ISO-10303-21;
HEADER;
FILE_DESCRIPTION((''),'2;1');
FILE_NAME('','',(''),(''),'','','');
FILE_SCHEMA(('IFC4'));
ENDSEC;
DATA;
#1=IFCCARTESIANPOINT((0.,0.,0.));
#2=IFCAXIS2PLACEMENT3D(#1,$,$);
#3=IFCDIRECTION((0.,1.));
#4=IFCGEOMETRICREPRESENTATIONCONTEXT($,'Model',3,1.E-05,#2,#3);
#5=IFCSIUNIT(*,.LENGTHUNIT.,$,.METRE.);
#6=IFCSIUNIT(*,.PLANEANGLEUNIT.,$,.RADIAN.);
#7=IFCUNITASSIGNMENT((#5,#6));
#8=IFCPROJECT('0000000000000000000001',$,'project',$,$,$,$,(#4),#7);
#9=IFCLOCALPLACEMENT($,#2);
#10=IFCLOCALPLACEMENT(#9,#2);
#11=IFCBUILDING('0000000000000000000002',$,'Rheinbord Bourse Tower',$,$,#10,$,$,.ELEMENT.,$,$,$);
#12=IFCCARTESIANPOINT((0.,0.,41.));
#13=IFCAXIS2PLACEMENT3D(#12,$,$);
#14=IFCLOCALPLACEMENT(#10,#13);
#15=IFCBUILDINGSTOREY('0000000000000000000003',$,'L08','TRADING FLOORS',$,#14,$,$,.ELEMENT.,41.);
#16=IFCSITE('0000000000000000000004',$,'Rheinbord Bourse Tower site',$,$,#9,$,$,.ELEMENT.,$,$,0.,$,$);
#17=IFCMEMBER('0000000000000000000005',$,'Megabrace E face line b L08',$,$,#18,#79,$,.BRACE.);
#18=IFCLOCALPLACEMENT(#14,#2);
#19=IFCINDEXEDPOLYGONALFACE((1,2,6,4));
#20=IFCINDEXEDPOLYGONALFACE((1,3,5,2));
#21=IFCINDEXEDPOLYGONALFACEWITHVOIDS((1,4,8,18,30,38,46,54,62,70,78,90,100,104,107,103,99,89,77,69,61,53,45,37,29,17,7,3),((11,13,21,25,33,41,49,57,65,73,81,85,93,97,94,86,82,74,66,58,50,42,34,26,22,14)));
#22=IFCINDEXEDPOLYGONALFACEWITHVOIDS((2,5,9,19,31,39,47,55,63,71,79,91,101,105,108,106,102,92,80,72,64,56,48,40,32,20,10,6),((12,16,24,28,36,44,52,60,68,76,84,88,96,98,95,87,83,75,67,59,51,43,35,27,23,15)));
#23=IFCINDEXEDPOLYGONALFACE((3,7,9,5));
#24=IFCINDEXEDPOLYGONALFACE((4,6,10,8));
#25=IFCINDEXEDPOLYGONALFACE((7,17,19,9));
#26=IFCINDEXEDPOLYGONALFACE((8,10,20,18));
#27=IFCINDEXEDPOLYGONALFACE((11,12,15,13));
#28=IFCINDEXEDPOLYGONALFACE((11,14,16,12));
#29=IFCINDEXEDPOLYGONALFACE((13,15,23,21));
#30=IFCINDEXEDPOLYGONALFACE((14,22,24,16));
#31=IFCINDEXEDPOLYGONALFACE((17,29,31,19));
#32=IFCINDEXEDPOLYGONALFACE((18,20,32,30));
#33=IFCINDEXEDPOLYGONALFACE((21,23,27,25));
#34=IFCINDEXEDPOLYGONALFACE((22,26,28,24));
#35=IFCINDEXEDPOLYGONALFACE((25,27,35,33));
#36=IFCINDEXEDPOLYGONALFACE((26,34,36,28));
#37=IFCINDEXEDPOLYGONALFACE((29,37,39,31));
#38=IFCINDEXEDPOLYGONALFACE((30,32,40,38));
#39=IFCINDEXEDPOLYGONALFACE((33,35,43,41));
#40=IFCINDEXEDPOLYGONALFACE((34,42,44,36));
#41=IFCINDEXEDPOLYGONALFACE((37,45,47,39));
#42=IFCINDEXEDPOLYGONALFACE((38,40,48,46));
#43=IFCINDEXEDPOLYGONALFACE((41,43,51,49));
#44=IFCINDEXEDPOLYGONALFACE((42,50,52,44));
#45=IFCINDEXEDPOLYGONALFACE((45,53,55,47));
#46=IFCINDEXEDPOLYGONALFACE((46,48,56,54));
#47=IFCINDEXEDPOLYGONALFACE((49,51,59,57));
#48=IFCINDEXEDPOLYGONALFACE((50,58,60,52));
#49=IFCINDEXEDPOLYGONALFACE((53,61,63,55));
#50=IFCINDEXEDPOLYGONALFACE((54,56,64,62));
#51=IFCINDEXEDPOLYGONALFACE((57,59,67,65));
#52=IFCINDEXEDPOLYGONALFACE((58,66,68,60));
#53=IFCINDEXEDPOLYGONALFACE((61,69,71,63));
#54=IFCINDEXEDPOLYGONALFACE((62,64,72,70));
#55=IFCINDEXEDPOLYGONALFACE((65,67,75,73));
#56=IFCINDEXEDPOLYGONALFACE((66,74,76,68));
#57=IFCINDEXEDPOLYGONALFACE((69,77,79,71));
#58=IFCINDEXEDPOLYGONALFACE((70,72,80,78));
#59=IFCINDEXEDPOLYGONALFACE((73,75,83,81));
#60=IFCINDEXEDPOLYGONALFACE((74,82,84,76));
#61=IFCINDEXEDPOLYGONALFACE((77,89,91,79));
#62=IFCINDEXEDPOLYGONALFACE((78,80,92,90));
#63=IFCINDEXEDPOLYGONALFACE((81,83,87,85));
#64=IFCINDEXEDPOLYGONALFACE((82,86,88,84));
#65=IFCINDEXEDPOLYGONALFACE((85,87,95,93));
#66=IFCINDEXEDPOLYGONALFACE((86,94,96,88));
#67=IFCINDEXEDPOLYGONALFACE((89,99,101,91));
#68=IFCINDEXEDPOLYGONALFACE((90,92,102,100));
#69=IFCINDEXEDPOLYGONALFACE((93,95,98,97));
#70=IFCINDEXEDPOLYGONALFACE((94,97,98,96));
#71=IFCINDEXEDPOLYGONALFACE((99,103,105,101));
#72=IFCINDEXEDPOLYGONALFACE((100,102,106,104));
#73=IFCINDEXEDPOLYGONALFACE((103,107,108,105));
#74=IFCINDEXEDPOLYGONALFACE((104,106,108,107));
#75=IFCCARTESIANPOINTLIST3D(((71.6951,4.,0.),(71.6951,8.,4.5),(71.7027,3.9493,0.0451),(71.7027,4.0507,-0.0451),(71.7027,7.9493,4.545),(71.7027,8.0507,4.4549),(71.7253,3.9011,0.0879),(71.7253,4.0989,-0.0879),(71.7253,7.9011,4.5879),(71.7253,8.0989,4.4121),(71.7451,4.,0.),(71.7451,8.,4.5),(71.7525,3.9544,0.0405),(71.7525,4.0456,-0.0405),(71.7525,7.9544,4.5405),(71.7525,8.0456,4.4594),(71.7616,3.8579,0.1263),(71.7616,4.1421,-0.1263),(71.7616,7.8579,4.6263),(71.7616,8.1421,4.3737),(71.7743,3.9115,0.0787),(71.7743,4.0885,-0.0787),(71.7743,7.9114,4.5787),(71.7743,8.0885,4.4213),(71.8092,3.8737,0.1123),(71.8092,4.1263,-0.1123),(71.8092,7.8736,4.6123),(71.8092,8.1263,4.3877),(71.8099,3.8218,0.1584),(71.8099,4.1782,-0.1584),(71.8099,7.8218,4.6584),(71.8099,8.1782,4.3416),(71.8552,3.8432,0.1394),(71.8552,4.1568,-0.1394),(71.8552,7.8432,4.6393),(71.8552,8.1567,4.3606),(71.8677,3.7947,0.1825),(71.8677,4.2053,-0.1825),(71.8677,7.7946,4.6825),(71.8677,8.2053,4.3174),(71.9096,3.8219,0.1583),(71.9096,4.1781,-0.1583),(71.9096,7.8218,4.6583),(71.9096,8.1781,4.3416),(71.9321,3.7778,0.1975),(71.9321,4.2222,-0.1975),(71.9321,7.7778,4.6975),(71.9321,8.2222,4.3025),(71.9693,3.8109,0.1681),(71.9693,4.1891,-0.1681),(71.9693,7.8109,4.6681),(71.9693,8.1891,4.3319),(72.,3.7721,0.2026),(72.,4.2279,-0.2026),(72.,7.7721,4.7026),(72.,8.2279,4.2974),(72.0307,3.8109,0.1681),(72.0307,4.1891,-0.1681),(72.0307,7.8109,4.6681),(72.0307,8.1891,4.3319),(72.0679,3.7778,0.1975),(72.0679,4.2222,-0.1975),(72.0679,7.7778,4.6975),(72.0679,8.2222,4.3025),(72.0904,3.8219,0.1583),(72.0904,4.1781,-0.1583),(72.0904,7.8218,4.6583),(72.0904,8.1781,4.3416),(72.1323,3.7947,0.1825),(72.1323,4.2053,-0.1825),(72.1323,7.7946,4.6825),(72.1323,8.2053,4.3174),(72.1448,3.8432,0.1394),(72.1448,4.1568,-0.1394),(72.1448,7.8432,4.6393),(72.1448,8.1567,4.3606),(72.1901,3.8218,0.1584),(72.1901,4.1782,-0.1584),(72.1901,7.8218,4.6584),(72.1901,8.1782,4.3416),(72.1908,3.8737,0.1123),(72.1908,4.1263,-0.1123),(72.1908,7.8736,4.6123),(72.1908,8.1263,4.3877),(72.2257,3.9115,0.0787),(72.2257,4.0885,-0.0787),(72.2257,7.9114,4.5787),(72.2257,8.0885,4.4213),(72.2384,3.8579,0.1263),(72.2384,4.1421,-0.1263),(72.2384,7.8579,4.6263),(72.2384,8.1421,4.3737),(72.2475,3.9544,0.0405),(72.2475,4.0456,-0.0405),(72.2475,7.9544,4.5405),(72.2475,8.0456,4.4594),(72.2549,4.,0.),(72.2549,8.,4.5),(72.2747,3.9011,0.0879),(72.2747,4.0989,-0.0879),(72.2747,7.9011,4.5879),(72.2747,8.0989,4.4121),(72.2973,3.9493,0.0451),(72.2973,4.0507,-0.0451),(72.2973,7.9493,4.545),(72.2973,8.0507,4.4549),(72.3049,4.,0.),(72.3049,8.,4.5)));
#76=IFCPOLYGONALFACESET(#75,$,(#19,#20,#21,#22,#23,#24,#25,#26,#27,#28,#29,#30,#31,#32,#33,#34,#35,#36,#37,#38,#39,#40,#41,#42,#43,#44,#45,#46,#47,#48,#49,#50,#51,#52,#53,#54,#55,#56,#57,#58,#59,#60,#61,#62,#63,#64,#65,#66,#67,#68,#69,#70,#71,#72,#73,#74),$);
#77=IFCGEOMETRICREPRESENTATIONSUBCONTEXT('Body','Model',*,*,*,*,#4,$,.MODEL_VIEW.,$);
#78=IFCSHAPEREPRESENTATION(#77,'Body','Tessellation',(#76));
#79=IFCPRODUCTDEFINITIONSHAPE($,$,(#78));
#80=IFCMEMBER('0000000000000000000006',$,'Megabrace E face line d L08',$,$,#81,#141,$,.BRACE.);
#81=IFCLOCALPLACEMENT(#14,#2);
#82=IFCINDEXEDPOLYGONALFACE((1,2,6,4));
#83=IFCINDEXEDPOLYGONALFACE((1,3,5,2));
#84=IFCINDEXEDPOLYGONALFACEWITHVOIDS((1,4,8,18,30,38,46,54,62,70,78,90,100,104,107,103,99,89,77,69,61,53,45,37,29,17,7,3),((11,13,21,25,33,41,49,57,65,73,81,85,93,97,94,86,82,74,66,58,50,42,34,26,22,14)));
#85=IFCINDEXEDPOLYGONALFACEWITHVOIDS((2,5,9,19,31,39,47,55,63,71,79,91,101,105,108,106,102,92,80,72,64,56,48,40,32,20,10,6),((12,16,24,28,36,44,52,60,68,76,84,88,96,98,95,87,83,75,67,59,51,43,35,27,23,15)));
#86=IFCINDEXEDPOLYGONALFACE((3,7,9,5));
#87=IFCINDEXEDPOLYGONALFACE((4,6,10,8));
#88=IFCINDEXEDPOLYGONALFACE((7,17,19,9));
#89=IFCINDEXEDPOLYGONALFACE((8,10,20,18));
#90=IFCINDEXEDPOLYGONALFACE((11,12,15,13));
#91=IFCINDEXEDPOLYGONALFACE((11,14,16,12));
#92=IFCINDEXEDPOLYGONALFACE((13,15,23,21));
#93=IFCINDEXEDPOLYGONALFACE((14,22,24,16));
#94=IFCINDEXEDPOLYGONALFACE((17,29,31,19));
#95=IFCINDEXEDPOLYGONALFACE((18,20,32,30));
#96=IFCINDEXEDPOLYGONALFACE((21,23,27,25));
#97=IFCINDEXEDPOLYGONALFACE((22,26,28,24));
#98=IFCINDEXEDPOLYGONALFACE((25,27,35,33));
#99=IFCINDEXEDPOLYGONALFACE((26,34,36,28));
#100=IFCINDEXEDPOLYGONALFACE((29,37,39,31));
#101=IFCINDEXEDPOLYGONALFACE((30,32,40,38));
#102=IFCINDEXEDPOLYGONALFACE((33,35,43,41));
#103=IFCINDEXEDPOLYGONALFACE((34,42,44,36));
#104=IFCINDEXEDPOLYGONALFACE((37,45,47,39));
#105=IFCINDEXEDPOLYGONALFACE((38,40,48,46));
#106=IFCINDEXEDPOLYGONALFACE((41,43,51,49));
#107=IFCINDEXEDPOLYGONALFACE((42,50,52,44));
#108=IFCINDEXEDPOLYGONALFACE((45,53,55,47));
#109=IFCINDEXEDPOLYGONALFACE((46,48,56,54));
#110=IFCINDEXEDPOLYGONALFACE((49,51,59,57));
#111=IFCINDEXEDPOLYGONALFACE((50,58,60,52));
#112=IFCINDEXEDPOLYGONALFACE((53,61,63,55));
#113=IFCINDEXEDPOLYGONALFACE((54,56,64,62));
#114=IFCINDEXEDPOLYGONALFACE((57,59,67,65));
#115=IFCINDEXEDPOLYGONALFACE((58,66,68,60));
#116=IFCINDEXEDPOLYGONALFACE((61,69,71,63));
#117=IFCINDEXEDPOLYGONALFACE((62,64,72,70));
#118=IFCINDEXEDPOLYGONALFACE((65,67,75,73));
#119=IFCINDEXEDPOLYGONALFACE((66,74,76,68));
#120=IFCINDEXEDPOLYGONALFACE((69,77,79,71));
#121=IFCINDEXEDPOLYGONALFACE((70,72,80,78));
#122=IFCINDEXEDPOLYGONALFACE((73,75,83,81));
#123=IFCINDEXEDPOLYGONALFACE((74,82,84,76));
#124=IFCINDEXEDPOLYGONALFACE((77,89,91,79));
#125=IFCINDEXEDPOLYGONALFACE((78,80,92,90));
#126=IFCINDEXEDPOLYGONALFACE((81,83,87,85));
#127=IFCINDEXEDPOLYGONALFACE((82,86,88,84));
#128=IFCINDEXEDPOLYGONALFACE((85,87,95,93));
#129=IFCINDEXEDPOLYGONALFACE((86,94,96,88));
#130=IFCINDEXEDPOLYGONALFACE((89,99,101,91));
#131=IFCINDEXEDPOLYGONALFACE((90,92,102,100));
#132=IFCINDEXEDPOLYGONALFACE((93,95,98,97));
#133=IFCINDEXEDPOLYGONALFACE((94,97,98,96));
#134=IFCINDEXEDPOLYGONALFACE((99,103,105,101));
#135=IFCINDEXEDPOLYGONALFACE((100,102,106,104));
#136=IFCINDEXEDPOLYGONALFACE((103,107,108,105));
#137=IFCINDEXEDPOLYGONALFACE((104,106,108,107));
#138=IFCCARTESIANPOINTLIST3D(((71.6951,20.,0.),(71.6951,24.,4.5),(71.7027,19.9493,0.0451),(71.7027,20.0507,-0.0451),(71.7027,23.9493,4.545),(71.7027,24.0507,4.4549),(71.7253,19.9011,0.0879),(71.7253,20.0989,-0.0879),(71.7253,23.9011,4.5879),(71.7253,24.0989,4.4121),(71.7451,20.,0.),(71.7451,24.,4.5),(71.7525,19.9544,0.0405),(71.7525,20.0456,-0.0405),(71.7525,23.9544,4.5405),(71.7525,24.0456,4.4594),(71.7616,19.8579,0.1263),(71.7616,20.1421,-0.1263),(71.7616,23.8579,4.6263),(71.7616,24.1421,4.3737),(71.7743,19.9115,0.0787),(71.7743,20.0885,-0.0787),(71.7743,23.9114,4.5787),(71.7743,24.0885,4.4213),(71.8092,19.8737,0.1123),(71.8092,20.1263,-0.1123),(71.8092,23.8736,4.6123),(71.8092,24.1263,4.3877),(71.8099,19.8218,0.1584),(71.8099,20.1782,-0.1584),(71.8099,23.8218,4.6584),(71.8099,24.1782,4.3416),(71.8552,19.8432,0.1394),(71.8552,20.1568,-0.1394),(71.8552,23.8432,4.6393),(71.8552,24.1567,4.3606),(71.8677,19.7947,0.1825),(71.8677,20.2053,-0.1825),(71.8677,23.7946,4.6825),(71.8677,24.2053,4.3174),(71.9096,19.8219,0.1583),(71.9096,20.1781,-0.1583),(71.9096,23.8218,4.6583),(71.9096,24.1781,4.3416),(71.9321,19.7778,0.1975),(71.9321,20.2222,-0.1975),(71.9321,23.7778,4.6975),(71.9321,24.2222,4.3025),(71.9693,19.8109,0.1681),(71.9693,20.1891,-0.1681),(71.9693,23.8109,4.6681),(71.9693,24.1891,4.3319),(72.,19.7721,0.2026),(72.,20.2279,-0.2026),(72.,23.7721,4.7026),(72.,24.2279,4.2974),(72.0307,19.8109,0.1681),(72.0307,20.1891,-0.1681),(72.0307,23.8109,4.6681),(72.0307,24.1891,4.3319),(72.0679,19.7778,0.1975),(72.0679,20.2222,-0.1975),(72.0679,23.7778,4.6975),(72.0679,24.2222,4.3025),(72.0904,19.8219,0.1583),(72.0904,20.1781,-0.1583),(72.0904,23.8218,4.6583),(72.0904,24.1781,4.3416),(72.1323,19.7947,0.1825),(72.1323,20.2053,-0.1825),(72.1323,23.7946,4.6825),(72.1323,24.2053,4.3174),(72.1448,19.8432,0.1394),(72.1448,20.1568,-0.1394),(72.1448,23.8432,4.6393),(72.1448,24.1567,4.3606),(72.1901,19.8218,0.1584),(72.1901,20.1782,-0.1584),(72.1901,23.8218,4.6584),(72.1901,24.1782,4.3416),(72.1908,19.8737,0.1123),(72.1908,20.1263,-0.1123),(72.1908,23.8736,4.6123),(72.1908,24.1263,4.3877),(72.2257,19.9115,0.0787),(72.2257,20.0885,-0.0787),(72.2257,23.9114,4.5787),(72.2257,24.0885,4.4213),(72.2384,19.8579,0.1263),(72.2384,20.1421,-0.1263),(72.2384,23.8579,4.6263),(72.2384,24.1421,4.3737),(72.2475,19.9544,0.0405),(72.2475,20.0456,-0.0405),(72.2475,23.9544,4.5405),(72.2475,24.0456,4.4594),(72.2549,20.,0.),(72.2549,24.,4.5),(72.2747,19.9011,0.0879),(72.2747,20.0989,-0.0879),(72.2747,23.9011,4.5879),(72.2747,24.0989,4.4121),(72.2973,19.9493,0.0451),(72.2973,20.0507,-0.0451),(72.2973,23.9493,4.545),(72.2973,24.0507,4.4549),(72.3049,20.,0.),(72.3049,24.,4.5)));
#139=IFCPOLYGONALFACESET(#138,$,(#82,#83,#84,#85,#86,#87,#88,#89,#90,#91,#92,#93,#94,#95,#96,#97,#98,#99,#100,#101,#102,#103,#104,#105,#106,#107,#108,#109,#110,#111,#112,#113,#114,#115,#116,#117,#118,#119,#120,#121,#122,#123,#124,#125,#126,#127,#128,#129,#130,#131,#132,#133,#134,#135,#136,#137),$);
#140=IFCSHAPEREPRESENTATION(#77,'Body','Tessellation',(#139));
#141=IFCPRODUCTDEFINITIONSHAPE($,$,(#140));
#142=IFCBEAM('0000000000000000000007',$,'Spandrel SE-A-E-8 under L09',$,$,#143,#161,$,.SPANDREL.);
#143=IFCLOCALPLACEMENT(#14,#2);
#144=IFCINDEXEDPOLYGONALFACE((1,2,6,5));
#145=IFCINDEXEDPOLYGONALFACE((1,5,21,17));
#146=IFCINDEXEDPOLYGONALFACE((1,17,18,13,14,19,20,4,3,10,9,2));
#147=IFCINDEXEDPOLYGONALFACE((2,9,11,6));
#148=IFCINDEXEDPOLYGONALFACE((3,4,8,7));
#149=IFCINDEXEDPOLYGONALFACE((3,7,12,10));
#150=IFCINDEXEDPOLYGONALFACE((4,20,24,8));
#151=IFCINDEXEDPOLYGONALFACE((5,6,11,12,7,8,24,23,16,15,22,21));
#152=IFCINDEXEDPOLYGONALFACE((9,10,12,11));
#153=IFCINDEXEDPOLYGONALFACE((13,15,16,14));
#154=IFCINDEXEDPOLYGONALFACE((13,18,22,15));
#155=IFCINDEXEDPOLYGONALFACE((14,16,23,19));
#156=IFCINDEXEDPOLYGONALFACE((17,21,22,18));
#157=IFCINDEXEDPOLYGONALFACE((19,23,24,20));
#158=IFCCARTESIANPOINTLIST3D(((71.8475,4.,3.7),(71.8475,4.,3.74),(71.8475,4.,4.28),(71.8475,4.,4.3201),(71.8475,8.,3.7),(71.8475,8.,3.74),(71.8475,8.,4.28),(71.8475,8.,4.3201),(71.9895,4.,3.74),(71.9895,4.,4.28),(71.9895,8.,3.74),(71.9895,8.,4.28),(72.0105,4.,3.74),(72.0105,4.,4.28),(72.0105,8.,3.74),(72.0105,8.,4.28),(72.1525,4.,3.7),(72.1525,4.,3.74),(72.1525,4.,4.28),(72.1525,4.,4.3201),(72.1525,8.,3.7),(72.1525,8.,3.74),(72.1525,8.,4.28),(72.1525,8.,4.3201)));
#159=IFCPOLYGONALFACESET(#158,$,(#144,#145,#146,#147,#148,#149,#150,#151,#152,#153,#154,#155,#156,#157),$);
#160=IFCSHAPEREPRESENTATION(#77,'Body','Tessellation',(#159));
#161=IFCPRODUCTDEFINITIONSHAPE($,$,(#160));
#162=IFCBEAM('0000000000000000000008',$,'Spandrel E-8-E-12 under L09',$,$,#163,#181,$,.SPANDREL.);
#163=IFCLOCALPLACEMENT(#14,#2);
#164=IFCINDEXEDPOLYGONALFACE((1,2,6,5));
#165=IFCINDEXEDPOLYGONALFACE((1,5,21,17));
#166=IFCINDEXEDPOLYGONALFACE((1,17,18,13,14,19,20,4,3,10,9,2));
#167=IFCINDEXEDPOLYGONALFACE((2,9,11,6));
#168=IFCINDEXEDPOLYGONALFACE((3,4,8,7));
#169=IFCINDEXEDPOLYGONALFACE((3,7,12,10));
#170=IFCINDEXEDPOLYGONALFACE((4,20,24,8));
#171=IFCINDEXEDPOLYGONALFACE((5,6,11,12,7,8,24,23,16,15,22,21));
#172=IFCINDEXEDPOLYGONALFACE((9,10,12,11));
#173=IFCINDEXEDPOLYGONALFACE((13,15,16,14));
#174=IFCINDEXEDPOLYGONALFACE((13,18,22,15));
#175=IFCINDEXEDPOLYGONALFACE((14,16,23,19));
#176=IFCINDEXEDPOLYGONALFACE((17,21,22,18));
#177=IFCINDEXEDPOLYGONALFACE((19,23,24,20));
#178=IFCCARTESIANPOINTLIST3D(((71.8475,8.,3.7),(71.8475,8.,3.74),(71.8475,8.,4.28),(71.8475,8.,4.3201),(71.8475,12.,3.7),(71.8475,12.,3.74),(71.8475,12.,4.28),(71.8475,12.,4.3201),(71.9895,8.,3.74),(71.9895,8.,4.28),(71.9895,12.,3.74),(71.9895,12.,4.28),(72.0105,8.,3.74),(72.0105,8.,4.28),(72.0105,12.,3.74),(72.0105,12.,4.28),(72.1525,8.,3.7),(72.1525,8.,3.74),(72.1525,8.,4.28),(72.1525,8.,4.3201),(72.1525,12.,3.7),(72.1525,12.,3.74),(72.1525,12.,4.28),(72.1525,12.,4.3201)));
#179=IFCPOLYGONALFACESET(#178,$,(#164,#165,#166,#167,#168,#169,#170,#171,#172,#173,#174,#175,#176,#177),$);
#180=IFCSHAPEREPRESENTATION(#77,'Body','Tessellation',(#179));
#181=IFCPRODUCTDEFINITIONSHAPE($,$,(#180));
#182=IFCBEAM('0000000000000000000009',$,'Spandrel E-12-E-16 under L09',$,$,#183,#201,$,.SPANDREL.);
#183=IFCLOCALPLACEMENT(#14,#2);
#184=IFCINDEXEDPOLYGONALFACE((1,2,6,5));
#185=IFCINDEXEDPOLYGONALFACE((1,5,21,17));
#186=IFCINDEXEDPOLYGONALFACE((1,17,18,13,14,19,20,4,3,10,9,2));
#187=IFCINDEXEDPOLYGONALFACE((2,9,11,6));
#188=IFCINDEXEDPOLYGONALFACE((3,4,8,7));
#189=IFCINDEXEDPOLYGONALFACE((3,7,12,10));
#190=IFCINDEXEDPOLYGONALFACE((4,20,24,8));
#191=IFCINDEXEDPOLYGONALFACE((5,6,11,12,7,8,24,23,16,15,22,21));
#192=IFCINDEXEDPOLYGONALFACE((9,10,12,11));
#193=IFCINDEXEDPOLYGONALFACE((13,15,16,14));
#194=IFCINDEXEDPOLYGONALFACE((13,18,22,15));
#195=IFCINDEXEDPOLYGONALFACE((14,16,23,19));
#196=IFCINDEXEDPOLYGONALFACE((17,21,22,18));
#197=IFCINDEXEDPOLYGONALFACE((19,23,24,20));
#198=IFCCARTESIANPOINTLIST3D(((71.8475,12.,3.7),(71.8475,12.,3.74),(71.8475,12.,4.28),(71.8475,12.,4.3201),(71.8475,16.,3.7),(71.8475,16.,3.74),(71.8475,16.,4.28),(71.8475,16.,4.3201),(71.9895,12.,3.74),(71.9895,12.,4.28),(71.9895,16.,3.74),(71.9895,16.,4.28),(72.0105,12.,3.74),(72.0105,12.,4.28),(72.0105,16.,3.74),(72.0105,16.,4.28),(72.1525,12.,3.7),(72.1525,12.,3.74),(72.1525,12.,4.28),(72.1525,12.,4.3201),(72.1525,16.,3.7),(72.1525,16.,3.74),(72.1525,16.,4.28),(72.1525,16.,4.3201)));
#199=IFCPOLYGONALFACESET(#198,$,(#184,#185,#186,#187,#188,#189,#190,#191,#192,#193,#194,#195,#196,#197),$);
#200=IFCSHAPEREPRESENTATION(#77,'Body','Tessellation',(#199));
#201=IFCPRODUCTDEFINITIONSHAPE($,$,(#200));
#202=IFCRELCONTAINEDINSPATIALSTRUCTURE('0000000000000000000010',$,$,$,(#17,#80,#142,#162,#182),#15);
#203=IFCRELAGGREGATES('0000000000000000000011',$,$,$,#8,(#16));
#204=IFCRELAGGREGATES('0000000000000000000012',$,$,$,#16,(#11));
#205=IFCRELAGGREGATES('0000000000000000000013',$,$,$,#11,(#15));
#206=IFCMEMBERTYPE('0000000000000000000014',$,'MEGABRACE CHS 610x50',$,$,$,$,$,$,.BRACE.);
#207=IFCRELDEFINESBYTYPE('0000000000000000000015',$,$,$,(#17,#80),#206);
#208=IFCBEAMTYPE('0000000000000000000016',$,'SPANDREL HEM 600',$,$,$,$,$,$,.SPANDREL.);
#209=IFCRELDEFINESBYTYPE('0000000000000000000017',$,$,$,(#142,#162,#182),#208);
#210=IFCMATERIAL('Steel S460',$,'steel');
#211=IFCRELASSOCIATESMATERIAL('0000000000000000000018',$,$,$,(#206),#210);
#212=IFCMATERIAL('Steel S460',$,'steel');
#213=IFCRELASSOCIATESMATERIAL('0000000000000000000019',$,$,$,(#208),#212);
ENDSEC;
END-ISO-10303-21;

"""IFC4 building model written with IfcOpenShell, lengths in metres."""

from ifc_helpers import new_model, si_unit, direction, frame, origin, origin_2d, place, context, subcontext, project, spatial, hollow_circle, i_section, extrude, material, material_profile, profile_set, type_object, element, save


model = new_model("IFC4")

# Units and contexts
model_context = context("Model", 3, precision=1e-05, world=origin(), true_north=direction((0.0, 1.0)))
body_context = subcontext(model_context, "Body", "Model", "MODEL_VIEW")
ifc_project = project(units=[si_unit("LENGTHUNIT", "METRE"), si_unit("PLANEANGLEUNIT", "RADIAN")], contexts=[model_context])

# Site, building, storey
site_placement = place(None, origin())
site = spatial("IfcSite", under=ifc_project, at=site_placement, Name="Rheinbord Bourse Tower site", CompositionType="ELEMENT", RefElevation=0.0)
building_placement = place(site_placement, origin())
building = spatial("IfcBuilding", under=site, at=building_placement, Name="Rheinbord Bourse Tower", CompositionType="ELEMENT")
storey_placement = place(building_placement, frame((0.0, 0.0, 41.0)))
storey = spatial("IfcBuildingStorey", under=building, at=storey_placement, Name="L08", Description="TRADING FLOORS", CompositionType="ELEMENT", Elevation=41.0)

# Members
ifc_material_1 = material(Name="Steel S460", Category="steel")
ifc_material_profile_1 = material_profile(ifc_material_1, hollow_circle(Radius=0.3049, WallThickness=0.05, at=origin_2d()), Name="CHS 610x50")
ifc_profile_set_1 = profile_set([ifc_material_profile_1], Name="Steel S460")
member_type_1 = type_object("IfcMemberType", Name="MEGABRACE CHS 610x50", PredefinedType="BRACE", material=ifc_profile_set_1)
for number, where, z_axis, x_axis, name in (
    (1, (72.0, 4.0, 0.0), (0.0, 0.664364, 0.747409), (-1.0, 0.0, 0.0), "Megabrace E face line b L08"),
    (2, (72.0, 20.0, 0.0), (0.0, 0.664364, 0.747409), (-1.0, 0.0, 0.0), "Megabrace E face line d L08"),
):
    element("IfcMember", number, at=place(storey_placement, frame(where, z_axis=z_axis, x_axis=x_axis)), inside=storey, type_object=member_type_1, Name=name, PredefinedType="BRACE", context=body_context, shape_type="SweptSolid", body=[
        extrude(hollow_circle(Radius=0.3049, WallThickness=0.05, at=origin_2d()), origin(), (0.0, 0.0, 1.0), 6.0208),
    ])

# Beams
ifc_material_2 = material(Name="Steel S460", Category="steel")
ifc_material_profile_2 = material_profile(ifc_material_2, i_section(OverallWidth=0.3049, OverallDepth=0.6201, WebThickness=0.021, FlangeThickness=0.04, at=origin_2d()), Name="HEM 600")
ifc_profile_set_2 = profile_set([ifc_material_profile_2], Name="Steel S460")
beam_type_1 = type_object("IfcBeamType", Name="SPANDREL HEM 600", PredefinedType="SPANDREL", material=ifc_profile_set_2)
for number, where, z_axis, x_axis, name in (
    (3, (72.0, 4.0, 4.01), (0.0, 1.0, 0.0), (-1.0, 0.0, 0.0), "Spandrel SE-A-E-8 under L09"),
    (4, (72.0, 8.0, 4.01), (0.0, 1.0, 0.0), (-1.0, 0.0, 0.0), "Spandrel E-8-E-12 under L09"),
    (5, (72.0, 12.0, 4.01), (0.0, 1.0, 0.0), (-1.0, 0.0, 0.0), "Spandrel E-12-E-16 under L09"),
):
    element("IfcBeam", number, at=place(storey_placement, frame(where, z_axis=z_axis, x_axis=x_axis)), inside=storey, type_object=beam_type_1, Name=name, PredefinedType="SPANDREL", context=body_context, shape_type="SweptSolid", body=[
        extrude(i_section(OverallWidth=0.3049, OverallDepth=0.6201, WebThickness=0.021, FlangeThickness=0.04, at=origin_2d()), origin(), (0.0, 0.0, 1.0), 4.0),
    ])

save(model, "model.ifc")
